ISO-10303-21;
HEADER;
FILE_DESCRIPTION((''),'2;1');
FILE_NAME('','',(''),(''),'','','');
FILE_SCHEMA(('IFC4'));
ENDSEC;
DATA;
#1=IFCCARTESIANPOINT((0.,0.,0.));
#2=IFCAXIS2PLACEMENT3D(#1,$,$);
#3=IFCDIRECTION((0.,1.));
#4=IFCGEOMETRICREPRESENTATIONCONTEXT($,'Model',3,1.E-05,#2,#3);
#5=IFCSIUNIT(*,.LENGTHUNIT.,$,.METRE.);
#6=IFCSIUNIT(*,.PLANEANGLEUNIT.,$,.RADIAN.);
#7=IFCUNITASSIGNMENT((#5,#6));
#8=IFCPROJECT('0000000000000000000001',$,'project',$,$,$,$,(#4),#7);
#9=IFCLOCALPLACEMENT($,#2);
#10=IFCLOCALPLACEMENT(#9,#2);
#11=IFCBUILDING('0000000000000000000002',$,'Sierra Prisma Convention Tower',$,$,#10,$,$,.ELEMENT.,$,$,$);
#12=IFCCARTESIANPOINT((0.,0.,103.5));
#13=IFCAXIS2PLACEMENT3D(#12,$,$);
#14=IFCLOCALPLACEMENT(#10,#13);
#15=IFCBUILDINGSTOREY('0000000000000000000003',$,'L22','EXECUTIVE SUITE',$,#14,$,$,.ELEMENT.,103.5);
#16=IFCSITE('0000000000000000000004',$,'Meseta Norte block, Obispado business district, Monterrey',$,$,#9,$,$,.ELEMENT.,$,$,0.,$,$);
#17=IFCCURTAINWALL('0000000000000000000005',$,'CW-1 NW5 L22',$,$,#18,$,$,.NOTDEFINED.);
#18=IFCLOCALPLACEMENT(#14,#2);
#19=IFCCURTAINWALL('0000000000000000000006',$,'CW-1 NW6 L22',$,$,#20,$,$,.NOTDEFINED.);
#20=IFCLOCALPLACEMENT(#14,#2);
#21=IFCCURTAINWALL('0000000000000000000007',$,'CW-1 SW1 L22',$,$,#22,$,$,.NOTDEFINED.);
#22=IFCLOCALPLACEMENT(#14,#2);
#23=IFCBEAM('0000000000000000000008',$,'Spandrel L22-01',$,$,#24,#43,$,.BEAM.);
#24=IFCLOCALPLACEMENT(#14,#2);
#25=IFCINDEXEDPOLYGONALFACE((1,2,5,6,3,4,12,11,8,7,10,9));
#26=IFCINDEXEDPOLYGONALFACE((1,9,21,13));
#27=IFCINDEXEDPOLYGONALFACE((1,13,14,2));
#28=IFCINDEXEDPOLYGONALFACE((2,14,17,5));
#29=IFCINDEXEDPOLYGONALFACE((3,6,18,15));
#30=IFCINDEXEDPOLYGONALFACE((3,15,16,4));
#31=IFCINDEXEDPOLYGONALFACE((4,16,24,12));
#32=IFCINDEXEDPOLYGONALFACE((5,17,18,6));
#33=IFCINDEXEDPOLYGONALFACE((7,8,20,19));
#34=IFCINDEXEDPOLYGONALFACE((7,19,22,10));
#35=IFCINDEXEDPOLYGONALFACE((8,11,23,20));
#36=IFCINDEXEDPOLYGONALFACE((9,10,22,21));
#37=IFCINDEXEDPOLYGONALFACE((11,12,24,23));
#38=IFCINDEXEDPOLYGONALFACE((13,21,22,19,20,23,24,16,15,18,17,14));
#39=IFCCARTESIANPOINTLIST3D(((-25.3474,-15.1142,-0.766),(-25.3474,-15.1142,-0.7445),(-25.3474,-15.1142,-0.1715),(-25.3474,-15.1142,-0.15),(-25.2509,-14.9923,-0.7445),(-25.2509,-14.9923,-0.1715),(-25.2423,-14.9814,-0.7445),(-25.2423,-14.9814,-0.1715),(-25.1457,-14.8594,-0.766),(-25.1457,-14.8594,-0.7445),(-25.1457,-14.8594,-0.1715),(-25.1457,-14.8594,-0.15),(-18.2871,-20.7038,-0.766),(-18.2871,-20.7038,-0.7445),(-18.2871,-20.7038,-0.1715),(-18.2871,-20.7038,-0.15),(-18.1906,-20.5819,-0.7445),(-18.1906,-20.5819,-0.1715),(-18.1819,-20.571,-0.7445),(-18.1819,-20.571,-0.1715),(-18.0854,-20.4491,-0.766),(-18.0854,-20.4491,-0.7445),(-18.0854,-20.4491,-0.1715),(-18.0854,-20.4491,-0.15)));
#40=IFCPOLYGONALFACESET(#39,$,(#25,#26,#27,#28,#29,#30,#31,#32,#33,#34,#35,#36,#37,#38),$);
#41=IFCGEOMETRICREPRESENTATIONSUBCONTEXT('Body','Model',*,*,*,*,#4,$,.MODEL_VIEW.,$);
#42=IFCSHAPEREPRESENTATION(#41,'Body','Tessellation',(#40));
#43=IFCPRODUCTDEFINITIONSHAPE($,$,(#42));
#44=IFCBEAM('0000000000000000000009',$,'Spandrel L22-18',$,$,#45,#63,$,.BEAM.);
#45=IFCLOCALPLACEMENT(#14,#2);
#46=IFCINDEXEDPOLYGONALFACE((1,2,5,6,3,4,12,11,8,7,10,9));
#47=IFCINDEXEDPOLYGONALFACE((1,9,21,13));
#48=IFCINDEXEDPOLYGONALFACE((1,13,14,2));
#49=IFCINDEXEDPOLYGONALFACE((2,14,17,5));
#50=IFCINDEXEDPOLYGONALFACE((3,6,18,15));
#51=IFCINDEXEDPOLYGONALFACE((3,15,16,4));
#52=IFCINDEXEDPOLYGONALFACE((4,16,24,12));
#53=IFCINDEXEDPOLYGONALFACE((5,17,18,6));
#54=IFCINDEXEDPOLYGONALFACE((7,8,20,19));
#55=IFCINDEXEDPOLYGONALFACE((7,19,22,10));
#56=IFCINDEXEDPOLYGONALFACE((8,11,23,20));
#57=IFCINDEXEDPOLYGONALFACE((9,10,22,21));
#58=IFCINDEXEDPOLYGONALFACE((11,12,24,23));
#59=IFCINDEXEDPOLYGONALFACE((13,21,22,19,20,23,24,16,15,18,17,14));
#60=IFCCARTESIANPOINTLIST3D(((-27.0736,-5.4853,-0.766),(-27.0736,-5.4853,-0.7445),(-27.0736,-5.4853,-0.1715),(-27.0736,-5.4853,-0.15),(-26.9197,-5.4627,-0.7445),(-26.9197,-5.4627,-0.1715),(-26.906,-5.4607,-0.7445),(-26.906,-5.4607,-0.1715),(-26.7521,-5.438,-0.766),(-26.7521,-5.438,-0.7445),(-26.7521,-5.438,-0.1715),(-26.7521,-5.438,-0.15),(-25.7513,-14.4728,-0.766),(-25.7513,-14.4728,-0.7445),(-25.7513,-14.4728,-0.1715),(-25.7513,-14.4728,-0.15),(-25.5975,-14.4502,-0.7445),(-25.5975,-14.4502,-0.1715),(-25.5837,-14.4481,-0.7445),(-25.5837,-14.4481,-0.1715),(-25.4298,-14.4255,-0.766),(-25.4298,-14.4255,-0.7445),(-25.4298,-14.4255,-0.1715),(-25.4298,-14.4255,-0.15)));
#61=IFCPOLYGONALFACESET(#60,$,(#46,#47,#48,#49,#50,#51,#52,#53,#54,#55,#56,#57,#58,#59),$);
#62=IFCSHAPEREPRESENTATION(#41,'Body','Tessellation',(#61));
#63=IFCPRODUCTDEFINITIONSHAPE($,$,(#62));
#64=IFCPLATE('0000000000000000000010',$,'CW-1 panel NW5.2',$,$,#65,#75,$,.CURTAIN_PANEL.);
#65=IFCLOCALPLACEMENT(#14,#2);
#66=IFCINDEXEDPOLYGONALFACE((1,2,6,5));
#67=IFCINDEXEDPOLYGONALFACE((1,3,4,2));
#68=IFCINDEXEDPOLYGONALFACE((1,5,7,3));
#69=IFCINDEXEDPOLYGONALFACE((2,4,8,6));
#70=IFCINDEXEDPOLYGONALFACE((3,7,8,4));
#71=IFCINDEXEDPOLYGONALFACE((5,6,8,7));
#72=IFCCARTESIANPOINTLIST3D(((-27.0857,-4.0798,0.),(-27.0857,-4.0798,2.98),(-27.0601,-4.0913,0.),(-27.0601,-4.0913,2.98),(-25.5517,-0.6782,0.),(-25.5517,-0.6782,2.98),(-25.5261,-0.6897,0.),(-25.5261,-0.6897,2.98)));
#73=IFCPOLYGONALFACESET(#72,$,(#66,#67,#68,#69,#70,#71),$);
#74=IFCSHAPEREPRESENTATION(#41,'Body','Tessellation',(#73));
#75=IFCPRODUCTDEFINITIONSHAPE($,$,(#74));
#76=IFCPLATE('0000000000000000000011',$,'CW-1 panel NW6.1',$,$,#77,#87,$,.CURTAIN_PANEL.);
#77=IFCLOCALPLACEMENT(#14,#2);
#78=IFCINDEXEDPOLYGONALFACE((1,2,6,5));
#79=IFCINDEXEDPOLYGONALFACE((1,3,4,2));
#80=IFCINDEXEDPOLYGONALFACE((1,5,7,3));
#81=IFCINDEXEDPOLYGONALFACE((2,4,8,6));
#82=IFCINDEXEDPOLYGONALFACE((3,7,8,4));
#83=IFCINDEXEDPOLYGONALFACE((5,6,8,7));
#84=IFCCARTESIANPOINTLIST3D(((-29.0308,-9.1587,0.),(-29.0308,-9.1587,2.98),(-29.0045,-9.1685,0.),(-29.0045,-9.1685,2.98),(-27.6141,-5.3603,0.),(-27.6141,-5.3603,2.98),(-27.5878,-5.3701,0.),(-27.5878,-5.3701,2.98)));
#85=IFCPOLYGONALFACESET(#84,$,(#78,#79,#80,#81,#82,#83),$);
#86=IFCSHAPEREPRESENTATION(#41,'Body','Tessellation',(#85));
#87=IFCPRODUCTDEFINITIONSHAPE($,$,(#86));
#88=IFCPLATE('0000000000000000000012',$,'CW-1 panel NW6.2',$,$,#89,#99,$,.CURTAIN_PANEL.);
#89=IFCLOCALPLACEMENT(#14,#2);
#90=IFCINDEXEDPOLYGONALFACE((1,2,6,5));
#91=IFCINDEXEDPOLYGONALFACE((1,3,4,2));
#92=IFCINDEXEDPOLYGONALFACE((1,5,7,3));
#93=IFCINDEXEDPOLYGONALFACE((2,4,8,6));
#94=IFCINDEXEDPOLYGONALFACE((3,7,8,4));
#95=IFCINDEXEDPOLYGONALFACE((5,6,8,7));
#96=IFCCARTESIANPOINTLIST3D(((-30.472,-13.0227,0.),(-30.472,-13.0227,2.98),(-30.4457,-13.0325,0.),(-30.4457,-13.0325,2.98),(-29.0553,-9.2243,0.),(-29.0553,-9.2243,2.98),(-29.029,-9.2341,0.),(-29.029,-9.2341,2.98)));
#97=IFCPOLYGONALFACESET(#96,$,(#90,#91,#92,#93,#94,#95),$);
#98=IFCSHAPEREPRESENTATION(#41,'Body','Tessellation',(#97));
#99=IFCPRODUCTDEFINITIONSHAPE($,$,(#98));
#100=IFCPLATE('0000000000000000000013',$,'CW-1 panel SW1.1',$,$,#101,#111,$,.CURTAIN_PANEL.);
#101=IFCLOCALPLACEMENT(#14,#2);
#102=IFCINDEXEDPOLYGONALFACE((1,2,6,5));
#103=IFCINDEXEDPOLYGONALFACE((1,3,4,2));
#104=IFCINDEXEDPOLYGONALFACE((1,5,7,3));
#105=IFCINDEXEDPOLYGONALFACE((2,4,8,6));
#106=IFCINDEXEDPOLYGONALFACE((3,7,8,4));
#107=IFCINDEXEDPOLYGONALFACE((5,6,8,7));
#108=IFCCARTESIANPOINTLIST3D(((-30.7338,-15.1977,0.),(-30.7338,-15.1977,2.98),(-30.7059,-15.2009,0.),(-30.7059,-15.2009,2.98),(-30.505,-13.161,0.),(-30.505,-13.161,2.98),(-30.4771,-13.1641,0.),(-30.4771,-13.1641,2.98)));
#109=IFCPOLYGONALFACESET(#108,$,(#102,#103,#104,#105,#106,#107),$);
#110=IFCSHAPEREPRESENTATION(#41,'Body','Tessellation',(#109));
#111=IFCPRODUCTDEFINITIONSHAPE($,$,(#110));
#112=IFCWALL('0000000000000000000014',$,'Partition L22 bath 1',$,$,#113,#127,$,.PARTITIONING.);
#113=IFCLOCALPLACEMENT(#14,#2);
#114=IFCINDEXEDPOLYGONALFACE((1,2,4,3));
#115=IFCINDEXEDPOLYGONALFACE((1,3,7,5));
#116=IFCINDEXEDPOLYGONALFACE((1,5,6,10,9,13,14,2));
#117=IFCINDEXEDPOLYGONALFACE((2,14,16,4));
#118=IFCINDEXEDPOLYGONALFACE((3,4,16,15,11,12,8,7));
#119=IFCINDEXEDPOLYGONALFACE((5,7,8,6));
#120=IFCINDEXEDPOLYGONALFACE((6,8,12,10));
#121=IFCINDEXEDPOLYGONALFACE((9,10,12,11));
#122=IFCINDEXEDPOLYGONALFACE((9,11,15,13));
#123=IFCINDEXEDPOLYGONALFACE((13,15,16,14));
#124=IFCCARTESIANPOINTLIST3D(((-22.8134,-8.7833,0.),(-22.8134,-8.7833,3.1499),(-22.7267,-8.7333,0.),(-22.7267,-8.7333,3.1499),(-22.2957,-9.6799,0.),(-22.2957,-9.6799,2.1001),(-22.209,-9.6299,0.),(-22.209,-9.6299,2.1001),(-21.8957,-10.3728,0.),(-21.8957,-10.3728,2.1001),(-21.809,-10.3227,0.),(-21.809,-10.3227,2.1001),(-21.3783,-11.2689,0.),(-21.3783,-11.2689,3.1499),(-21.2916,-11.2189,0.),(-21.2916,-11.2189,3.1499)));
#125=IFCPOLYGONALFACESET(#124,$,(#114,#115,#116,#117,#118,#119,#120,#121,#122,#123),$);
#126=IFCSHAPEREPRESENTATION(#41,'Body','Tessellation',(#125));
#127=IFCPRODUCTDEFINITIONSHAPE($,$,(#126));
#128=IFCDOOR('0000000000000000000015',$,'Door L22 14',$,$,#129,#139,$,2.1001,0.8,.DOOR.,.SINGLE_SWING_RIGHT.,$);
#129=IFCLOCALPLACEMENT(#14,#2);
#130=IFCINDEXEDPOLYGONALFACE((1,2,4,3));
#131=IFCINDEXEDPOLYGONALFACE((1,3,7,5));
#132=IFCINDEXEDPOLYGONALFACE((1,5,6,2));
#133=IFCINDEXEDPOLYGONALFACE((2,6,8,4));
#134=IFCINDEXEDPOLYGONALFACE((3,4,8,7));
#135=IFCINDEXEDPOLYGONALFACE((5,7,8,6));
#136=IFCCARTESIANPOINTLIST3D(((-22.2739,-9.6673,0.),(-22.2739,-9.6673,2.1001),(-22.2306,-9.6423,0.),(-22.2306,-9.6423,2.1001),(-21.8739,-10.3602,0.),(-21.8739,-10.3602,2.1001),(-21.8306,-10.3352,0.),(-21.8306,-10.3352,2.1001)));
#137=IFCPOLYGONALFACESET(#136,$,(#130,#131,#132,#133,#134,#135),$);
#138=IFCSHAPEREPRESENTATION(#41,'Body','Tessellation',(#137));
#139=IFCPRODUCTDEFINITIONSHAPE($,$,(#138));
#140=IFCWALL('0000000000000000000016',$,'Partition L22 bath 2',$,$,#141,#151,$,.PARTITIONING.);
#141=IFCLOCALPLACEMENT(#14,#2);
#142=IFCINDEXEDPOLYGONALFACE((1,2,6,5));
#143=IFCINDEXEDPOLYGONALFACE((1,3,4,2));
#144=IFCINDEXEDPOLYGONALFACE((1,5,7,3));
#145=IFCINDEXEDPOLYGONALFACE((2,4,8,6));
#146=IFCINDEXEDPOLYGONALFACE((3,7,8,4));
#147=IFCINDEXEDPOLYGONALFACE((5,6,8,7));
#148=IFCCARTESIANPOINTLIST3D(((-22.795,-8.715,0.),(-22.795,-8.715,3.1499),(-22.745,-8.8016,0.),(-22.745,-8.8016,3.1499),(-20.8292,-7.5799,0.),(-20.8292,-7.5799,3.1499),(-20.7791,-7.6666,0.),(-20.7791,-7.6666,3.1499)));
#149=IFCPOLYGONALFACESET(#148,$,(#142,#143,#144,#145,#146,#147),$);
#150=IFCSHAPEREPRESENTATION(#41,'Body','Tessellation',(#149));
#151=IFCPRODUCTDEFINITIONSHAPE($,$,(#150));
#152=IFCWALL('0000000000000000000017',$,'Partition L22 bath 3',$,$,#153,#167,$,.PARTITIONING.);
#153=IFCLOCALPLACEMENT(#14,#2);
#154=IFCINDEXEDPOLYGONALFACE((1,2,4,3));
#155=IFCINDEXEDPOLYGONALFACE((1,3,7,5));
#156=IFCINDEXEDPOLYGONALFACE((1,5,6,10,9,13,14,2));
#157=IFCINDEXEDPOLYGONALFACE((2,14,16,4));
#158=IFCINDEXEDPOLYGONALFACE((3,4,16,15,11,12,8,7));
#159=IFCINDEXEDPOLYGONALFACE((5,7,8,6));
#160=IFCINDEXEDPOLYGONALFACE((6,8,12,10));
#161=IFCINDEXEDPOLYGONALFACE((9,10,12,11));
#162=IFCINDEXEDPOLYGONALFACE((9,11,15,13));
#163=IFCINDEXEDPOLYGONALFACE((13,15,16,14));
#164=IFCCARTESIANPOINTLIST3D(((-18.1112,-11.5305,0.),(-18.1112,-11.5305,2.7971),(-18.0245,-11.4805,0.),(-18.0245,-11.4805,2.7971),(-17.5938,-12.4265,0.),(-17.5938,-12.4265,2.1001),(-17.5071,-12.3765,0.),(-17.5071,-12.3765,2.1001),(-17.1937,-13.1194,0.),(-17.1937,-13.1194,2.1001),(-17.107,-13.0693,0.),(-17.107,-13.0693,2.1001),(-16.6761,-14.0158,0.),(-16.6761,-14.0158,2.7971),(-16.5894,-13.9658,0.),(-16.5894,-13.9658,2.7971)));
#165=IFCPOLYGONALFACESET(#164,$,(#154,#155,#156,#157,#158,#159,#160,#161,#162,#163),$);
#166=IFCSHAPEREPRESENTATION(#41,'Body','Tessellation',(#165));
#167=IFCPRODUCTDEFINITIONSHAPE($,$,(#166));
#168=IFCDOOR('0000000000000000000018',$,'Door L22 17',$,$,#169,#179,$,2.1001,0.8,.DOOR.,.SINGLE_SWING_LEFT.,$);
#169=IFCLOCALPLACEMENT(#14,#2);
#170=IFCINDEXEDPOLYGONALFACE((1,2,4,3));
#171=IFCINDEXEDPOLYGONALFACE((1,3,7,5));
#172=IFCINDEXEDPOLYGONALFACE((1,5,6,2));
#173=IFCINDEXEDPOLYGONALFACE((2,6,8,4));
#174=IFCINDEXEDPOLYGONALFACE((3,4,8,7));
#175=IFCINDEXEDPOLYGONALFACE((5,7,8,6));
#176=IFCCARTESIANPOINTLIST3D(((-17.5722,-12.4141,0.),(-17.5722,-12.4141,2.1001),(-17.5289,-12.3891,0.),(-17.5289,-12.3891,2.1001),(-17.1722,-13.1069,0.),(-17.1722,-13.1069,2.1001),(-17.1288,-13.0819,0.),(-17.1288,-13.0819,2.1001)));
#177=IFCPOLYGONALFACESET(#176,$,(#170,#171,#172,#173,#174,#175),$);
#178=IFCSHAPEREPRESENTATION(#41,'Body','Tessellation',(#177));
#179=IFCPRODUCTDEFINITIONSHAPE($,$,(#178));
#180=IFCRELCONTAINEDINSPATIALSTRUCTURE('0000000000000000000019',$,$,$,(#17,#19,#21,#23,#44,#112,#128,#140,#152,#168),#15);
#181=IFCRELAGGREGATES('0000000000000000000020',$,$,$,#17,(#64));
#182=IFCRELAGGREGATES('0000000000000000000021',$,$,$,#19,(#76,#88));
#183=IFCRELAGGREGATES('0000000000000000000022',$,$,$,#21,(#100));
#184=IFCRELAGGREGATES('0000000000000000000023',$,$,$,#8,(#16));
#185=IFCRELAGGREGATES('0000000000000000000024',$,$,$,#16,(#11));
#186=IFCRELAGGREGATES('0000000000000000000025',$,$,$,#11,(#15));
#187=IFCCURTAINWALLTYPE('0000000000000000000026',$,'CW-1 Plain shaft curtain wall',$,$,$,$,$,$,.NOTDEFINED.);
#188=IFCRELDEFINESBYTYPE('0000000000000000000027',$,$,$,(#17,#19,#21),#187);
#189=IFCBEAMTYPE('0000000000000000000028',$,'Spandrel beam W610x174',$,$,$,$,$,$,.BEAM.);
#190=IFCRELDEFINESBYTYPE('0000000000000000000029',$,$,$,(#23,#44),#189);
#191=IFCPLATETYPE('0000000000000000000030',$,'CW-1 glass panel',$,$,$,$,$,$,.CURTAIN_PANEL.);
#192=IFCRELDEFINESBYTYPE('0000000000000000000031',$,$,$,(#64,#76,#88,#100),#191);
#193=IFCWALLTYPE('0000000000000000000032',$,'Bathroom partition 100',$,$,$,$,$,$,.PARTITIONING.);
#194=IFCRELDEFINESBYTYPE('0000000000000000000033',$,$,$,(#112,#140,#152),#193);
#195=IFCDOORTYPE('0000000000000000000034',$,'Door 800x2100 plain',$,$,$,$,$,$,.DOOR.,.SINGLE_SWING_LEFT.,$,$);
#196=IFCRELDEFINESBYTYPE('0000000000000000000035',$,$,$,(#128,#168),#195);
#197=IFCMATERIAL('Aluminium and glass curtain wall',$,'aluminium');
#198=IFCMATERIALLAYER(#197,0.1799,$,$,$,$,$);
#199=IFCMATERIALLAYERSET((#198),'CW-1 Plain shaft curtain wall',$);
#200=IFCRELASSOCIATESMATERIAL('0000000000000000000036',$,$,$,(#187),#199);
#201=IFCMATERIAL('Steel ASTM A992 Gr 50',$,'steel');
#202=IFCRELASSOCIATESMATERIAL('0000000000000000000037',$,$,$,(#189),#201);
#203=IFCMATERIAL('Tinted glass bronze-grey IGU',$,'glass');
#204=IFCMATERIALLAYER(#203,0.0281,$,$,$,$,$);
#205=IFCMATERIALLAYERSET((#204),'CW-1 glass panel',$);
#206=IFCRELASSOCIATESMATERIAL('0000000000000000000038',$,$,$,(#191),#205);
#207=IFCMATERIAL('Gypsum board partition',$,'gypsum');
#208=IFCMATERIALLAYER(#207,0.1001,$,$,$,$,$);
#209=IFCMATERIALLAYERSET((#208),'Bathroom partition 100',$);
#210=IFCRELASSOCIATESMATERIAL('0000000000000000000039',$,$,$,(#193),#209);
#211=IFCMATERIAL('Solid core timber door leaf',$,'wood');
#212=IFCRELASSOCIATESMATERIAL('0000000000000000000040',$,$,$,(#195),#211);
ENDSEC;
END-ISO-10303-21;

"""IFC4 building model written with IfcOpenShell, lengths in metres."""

from ifc_helpers import new_model, si_unit, direction, frame, frame_2d, origin, origin_2d, place, context, subcontext, project, spatial, rectangle, i_section, extrude, material, layer, layer_set, material_profile, profile_set, type_object, element, fill, aggregate, save


model = new_model("IFC4")

# Units and contexts
model_context = context("Model", 3, precision=1e-05, world=origin(), true_north=direction((0.0, 1.0)))
body_context = subcontext(model_context, "Body", "Model", "MODEL_VIEW")
ifc_project = project(units=[si_unit("LENGTHUNIT", "METRE"), si_unit("PLANEANGLEUNIT", "RADIAN")], contexts=[model_context])

# Site, building, storey
site_placement = place(None, origin())
site = spatial("IfcSite", under=ifc_project, at=site_placement, Name="Meseta Norte block, Obispado business district, Monterrey", CompositionType="ELEMENT", RefElevation=0.0)
building_placement = place(site_placement, origin())
building = spatial("IfcBuilding", under=site, at=building_placement, Name="Sierra Prisma Convention Tower", CompositionType="ELEMENT")
storey_placement = place(building_placement, frame((0.0, 0.0, 103.5)))
storey = spatial("IfcBuildingStorey", under=building, at=storey_placement, Name="L22", Description="EXECUTIVE SUITE", CompositionType="ELEMENT", Elevation=103.5)

# Curtain walls
ifc_material_1 = material(Name="Aluminium and glass curtain wall", Category="aluminium")
ifc_layer_1 = layer(ifc_material_1, 0.1799)
ifc_layer_set_1 = layer_set([ifc_layer_1], Name="CW-1 Plain shaft curtain wall")
curtain_wall_type = type_object("IfcCurtainWallType", Name="CW-1 Plain shaft curtain wall", PredefinedType="NOTDEFINED", material=ifc_layer_set_1)
curtain_wall_1_placement = place(storey_placement, origin())
curtain_wall_1 = element("IfcCurtainWall", 1, at=curtain_wall_1_placement, inside=storey, type_object=curtain_wall_type, Name="CW-1 NW5 L22", PredefinedType="NOTDEFINED")
curtain_wall_2_placement = place(storey_placement, origin())
curtain_wall_2 = element("IfcCurtainWall", 2, at=curtain_wall_2_placement, inside=storey, type_object=curtain_wall_type, Name="CW-1 NW6 L22", PredefinedType="NOTDEFINED")
curtain_wall_3_placement = place(storey_placement, origin())
curtain_wall_3 = element("IfcCurtainWall", 3, at=curtain_wall_3_placement, inside=storey, type_object=curtain_wall_type, Name="CW-1 SW1 L22", PredefinedType="NOTDEFINED")

# Beams
ifc_material_2 = material(Name="Steel ASTM A992 Gr 50", Category="steel")
ifc_material_profile_1 = material_profile(ifc_material_2, i_section(OverallWidth=0.325, OverallDepth=0.616, WebThickness=0.0139, FlangeThickness=0.0215, at=origin_2d()), Name="W610x174")
ifc_profile_set_1 = profile_set([ifc_material_profile_1], Name="Steel ASTM A992 Gr 50")
beam_type_1 = type_object("IfcBeamType", Name="Spandrel beam W610x174", PredefinedType="BEAM", material=ifc_profile_set_1)
beam_1_placement = place(storey_placement, frame((-25.2466, -14.9868, -0.458), z_axis=(0.784035, -0.620716, 0.0), x_axis=(0.620716, 0.784035, 0.0)))
element("IfcBeam", 4, at=beam_1_placement, inside=storey, type_object=beam_type_1, Name="Spandrel L22-01", PredefinedType="BEAM", context=body_context, shape_type="SweptSolid", body=[
    extrude(i_section(OverallWidth=0.325, OverallDepth=0.616, WebThickness=0.0139, FlangeThickness=0.0215, at=origin_2d()), origin(), (0.0, 0.0, 1.0), 9.0051),
])
beam_2_placement = place(storey_placement, frame((-26.9128, -5.4617, -0.458), z_axis=(0.145555, -0.98935, 0.0), x_axis=(0.98935, 0.145555, 0.0)))
element("IfcBeam", 5, at=beam_2_placement, inside=storey, type_object=beam_type_1, Name="Spandrel L22-18", PredefinedType="BEAM", context=body_context, shape_type="SweptSolid", body=[
    extrude(i_section(OverallWidth=0.325, OverallDepth=0.616, WebThickness=0.0139, FlangeThickness=0.0215, at=origin_2d()), origin(), (0.0, 0.0, 1.0), 9.0842),
])

# Plates
ifc_material_3 = material(Name="Tinted glass bronze-grey IGU", Category="glass")
ifc_layer_2 = layer(ifc_material_3, 0.0281)
ifc_layer_set_2 = layer_set([ifc_layer_2], Name="CW-1 glass panel")
plate_type = type_object("IfcPlateType", Name="CW-1 glass panel", PredefinedType="CURTAIN_PANEL", material=ifc_layer_set_2)
plate_1_placement = place(storey_placement, frame((-26.3059, -2.3848, 0.0), z_axis=(0.0, 0.0, 1.0), x_axis=(-0.411081, -0.911599, 0.0)))
plate_1 = element("IfcPlate", 6, at=plate_1_placement, type_object=plate_type, Name="CW-1 panel NW5.2", PredefinedType="CURTAIN_PANEL", context=body_context, shape_type="SweptSolid", body=[
    extrude(rectangle(XDim=3.7314, YDim=0.0281, at=origin_2d()), origin(), (0.0, 0.0, 1.0), 2.98),
])
aggregate(curtain_wall_1, [plate_1])
plate_2_placement = place(storey_placement, frame((-28.3093, -7.2644, 0.0), z_axis=(0.0, 0.0, 1.0), x_axis=(-0.349465, -0.936949, 0.0)))
plate_2 = element("IfcPlate", 7, at=plate_2_placement, type_object=plate_type, Name="CW-1 panel NW6.1", PredefinedType="CURTAIN_PANEL", context=body_context, shape_type="SweptSolid", body=[
    extrude(rectangle(XDim=4.054, YDim=0.0281, at=origin_2d()), origin(), (0.0, 0.0, 1.0), 2.98),
])
plate_3_placement = place(storey_placement, frame((-29.7505, -11.1284, 0.0), z_axis=(0.0, 0.0, 1.0), x_axis=(-0.349465, -0.936949, 0.0)))
plate_3 = element("IfcPlate", 8, at=plate_3_placement, type_object=plate_type, Name="CW-1 panel NW6.2", PredefinedType="CURTAIN_PANEL", context=body_context, shape_type="SweptSolid", body=[
    extrude(rectangle(XDim=4.054, YDim=0.0281, at=origin_2d()), origin(), (0.0, 0.0, 1.0), 2.98),
])
aggregate(curtain_wall_2, [plate_2, plate_3])
plate_4_placement = place(storey_placement, frame((-30.6055, -14.1809, 0.0), z_axis=(0.0, 0.0, 1.0), x_axis=(-0.111628, -0.99375, 0.0)))
plate_4 = element("IfcPlate", 9, at=plate_4_placement, type_object=plate_type, Name="CW-1 panel SW1.1", PredefinedType="CURTAIN_PANEL", context=body_context, shape_type="SweptSolid", body=[
    extrude(rectangle(XDim=2.0496, YDim=0.0281, at=origin_2d()), origin(), (0.0, 0.0, 1.0), 2.98),
])
aggregate(curtain_wall_3, [plate_4])

# Wall, opening, door
ifc_material_4 = material(Name="Gypsum board partition", Category="gypsum")
ifc_layer_3 = layer(ifc_material_4, 0.1001)
ifc_layer_set_3 = layer_set([ifc_layer_3], Name="Bathroom partition 100")
wall_type_1 = type_object("IfcWallType", Name="Bathroom partition 100", PredefinedType="PARTITIONING", material=ifc_layer_set_3)
wall_1_placement = place(storey_placement, frame((-21.335, -11.2439, 0.0), z_axis=(0.0, 0.0, 1.0), x_axis=(-0.5, 0.866026, 0.0)))
wall_1 = element("IfcWall", 10, at=wall_1_placement, inside=storey, type_object=wall_type_1, Name="Partition L22 bath 1", PredefinedType="PARTITIONING", context=body_context, shape_type="SweptSolid", body=[
    extrude(rectangle(XDim=2.8701, YDim=0.1001, at=frame_2d((1.4351, 0.0))), origin(), (0.0, 0.0, 1.0), 3.1499),
])
opening_1_placement = place(wall_1_placement, frame((1.0349, 0.0, 0.0)))
opening_1 = element("IfcOpeningElement", 11, at=opening_1_placement, cuts=wall_1, PredefinedType="OPENING", context=body_context, shape_type="SweptSolid", body=[
    extrude(rectangle(XDim=0.8, YDim=2.1001, at=frame_2d((0.3999, 1.05))), frame((0.0, 0.05, 0.0), z_axis=(0.0, -1.0, 0.0), x_axis=(1.0, 0.0, 0.0)), (0.0, 0.0, 1.0), 0.1001),
])
ifc_material_5 = material(Name="Solid core timber door leaf", Category="wood")
door_type_1 = type_object("IfcDoorType", Name="Door 800x2100 plain", OperationType="SINGLE_SWING_LEFT", PredefinedType="DOOR", material=ifc_material_5)
door_1_placement = place(opening_1_placement, origin())
door_1 = element("IfcDoor", 12, at=door_1_placement, inside=storey, type_object=door_type_1, Name="Door L22 14", OperationType="SINGLE_SWING_RIGHT", OverallHeight=2.1001, OverallWidth=0.8, PredefinedType="DOOR", context=body_context, shape_type="SweptSolid", body=[
    extrude(rectangle(XDim=0.8, YDim=2.1001, at=frame_2d((0.3999, 1.05))), frame((0.0, 0.0249, 0.0), z_axis=(0.0, -1.0, 0.0), x_axis=(1.0, 0.0, 0.0)), (0.0, 0.0, 1.0), 0.05),
])
fill(opening_1, door_1)

# Wall
wall_2_placement = place(storey_placement, frame((-22.77, -8.7583, 0.0), z_axis=(0.0, 0.0, 1.0), x_axis=(0.866017, 0.500014, 0.0)))
element("IfcWall", 13, at=wall_2_placement, inside=storey, type_object=wall_type_1, Name="Partition L22 bath 2", PredefinedType="PARTITIONING", context=body_context, shape_type="SweptSolid", body=[
    extrude(rectangle(XDim=2.27, YDim=0.1001, at=frame_2d((1.135, 0.0))), origin(), (0.0, 0.0, 1.0), 3.1499),
])

# Wall, opening, door
wall_3_placement = place(storey_placement, frame((-18.0679, -11.5054, 0.0), z_axis=(0.0, 0.0, 1.0), x_axis=(0.500037, -0.866004, 0.0)))
wall_3 = element("IfcWall", 14, at=wall_3_placement, inside=storey, type_object=wall_type_1, Name="Partition L22 bath 3", PredefinedType="PARTITIONING", context=body_context, shape_type="SweptSolid", body=[
    extrude(rectangle(XDim=2.8699, YDim=0.1001, at=frame_2d((1.4351, 0.0))), origin(), (0.0, 0.0, 1.0), 2.7971),
])
opening_2_placement = place(wall_3_placement, frame((1.0349, 0.0, 0.0)))
opening_2 = element("IfcOpeningElement", 15, at=opening_2_placement, cuts=wall_3, PredefinedType="OPENING", context=body_context, shape_type="SweptSolid", body=[
    extrude(rectangle(XDim=0.8, YDim=2.1001, at=frame_2d((0.3999, 1.05))), frame((0.0, 0.05, 0.0), z_axis=(0.0, -1.0, 0.0), x_axis=(1.0, 0.0, 0.0)), (0.0, 0.0, 1.0), 0.1001),
])
door_2_placement = place(opening_2_placement, origin())
door_2 = element("IfcDoor", 16, at=door_2_placement, inside=storey, type_object=door_type_1, Name="Door L22 17", OperationType="SINGLE_SWING_LEFT", OverallHeight=2.1001, OverallWidth=0.8, PredefinedType="DOOR", context=body_context, shape_type="SweptSolid", body=[
    extrude(rectangle(XDim=0.8, YDim=2.1001, at=frame_2d((0.3999, 1.05))), frame((0.0, 0.0249, 0.0), z_axis=(0.0, -1.0, 0.0), x_axis=(1.0, 0.0, 0.0)), (0.0, 0.0, 1.0), 0.05),
])
fill(opening_2, door_2)

save(model, "model.ifc")
